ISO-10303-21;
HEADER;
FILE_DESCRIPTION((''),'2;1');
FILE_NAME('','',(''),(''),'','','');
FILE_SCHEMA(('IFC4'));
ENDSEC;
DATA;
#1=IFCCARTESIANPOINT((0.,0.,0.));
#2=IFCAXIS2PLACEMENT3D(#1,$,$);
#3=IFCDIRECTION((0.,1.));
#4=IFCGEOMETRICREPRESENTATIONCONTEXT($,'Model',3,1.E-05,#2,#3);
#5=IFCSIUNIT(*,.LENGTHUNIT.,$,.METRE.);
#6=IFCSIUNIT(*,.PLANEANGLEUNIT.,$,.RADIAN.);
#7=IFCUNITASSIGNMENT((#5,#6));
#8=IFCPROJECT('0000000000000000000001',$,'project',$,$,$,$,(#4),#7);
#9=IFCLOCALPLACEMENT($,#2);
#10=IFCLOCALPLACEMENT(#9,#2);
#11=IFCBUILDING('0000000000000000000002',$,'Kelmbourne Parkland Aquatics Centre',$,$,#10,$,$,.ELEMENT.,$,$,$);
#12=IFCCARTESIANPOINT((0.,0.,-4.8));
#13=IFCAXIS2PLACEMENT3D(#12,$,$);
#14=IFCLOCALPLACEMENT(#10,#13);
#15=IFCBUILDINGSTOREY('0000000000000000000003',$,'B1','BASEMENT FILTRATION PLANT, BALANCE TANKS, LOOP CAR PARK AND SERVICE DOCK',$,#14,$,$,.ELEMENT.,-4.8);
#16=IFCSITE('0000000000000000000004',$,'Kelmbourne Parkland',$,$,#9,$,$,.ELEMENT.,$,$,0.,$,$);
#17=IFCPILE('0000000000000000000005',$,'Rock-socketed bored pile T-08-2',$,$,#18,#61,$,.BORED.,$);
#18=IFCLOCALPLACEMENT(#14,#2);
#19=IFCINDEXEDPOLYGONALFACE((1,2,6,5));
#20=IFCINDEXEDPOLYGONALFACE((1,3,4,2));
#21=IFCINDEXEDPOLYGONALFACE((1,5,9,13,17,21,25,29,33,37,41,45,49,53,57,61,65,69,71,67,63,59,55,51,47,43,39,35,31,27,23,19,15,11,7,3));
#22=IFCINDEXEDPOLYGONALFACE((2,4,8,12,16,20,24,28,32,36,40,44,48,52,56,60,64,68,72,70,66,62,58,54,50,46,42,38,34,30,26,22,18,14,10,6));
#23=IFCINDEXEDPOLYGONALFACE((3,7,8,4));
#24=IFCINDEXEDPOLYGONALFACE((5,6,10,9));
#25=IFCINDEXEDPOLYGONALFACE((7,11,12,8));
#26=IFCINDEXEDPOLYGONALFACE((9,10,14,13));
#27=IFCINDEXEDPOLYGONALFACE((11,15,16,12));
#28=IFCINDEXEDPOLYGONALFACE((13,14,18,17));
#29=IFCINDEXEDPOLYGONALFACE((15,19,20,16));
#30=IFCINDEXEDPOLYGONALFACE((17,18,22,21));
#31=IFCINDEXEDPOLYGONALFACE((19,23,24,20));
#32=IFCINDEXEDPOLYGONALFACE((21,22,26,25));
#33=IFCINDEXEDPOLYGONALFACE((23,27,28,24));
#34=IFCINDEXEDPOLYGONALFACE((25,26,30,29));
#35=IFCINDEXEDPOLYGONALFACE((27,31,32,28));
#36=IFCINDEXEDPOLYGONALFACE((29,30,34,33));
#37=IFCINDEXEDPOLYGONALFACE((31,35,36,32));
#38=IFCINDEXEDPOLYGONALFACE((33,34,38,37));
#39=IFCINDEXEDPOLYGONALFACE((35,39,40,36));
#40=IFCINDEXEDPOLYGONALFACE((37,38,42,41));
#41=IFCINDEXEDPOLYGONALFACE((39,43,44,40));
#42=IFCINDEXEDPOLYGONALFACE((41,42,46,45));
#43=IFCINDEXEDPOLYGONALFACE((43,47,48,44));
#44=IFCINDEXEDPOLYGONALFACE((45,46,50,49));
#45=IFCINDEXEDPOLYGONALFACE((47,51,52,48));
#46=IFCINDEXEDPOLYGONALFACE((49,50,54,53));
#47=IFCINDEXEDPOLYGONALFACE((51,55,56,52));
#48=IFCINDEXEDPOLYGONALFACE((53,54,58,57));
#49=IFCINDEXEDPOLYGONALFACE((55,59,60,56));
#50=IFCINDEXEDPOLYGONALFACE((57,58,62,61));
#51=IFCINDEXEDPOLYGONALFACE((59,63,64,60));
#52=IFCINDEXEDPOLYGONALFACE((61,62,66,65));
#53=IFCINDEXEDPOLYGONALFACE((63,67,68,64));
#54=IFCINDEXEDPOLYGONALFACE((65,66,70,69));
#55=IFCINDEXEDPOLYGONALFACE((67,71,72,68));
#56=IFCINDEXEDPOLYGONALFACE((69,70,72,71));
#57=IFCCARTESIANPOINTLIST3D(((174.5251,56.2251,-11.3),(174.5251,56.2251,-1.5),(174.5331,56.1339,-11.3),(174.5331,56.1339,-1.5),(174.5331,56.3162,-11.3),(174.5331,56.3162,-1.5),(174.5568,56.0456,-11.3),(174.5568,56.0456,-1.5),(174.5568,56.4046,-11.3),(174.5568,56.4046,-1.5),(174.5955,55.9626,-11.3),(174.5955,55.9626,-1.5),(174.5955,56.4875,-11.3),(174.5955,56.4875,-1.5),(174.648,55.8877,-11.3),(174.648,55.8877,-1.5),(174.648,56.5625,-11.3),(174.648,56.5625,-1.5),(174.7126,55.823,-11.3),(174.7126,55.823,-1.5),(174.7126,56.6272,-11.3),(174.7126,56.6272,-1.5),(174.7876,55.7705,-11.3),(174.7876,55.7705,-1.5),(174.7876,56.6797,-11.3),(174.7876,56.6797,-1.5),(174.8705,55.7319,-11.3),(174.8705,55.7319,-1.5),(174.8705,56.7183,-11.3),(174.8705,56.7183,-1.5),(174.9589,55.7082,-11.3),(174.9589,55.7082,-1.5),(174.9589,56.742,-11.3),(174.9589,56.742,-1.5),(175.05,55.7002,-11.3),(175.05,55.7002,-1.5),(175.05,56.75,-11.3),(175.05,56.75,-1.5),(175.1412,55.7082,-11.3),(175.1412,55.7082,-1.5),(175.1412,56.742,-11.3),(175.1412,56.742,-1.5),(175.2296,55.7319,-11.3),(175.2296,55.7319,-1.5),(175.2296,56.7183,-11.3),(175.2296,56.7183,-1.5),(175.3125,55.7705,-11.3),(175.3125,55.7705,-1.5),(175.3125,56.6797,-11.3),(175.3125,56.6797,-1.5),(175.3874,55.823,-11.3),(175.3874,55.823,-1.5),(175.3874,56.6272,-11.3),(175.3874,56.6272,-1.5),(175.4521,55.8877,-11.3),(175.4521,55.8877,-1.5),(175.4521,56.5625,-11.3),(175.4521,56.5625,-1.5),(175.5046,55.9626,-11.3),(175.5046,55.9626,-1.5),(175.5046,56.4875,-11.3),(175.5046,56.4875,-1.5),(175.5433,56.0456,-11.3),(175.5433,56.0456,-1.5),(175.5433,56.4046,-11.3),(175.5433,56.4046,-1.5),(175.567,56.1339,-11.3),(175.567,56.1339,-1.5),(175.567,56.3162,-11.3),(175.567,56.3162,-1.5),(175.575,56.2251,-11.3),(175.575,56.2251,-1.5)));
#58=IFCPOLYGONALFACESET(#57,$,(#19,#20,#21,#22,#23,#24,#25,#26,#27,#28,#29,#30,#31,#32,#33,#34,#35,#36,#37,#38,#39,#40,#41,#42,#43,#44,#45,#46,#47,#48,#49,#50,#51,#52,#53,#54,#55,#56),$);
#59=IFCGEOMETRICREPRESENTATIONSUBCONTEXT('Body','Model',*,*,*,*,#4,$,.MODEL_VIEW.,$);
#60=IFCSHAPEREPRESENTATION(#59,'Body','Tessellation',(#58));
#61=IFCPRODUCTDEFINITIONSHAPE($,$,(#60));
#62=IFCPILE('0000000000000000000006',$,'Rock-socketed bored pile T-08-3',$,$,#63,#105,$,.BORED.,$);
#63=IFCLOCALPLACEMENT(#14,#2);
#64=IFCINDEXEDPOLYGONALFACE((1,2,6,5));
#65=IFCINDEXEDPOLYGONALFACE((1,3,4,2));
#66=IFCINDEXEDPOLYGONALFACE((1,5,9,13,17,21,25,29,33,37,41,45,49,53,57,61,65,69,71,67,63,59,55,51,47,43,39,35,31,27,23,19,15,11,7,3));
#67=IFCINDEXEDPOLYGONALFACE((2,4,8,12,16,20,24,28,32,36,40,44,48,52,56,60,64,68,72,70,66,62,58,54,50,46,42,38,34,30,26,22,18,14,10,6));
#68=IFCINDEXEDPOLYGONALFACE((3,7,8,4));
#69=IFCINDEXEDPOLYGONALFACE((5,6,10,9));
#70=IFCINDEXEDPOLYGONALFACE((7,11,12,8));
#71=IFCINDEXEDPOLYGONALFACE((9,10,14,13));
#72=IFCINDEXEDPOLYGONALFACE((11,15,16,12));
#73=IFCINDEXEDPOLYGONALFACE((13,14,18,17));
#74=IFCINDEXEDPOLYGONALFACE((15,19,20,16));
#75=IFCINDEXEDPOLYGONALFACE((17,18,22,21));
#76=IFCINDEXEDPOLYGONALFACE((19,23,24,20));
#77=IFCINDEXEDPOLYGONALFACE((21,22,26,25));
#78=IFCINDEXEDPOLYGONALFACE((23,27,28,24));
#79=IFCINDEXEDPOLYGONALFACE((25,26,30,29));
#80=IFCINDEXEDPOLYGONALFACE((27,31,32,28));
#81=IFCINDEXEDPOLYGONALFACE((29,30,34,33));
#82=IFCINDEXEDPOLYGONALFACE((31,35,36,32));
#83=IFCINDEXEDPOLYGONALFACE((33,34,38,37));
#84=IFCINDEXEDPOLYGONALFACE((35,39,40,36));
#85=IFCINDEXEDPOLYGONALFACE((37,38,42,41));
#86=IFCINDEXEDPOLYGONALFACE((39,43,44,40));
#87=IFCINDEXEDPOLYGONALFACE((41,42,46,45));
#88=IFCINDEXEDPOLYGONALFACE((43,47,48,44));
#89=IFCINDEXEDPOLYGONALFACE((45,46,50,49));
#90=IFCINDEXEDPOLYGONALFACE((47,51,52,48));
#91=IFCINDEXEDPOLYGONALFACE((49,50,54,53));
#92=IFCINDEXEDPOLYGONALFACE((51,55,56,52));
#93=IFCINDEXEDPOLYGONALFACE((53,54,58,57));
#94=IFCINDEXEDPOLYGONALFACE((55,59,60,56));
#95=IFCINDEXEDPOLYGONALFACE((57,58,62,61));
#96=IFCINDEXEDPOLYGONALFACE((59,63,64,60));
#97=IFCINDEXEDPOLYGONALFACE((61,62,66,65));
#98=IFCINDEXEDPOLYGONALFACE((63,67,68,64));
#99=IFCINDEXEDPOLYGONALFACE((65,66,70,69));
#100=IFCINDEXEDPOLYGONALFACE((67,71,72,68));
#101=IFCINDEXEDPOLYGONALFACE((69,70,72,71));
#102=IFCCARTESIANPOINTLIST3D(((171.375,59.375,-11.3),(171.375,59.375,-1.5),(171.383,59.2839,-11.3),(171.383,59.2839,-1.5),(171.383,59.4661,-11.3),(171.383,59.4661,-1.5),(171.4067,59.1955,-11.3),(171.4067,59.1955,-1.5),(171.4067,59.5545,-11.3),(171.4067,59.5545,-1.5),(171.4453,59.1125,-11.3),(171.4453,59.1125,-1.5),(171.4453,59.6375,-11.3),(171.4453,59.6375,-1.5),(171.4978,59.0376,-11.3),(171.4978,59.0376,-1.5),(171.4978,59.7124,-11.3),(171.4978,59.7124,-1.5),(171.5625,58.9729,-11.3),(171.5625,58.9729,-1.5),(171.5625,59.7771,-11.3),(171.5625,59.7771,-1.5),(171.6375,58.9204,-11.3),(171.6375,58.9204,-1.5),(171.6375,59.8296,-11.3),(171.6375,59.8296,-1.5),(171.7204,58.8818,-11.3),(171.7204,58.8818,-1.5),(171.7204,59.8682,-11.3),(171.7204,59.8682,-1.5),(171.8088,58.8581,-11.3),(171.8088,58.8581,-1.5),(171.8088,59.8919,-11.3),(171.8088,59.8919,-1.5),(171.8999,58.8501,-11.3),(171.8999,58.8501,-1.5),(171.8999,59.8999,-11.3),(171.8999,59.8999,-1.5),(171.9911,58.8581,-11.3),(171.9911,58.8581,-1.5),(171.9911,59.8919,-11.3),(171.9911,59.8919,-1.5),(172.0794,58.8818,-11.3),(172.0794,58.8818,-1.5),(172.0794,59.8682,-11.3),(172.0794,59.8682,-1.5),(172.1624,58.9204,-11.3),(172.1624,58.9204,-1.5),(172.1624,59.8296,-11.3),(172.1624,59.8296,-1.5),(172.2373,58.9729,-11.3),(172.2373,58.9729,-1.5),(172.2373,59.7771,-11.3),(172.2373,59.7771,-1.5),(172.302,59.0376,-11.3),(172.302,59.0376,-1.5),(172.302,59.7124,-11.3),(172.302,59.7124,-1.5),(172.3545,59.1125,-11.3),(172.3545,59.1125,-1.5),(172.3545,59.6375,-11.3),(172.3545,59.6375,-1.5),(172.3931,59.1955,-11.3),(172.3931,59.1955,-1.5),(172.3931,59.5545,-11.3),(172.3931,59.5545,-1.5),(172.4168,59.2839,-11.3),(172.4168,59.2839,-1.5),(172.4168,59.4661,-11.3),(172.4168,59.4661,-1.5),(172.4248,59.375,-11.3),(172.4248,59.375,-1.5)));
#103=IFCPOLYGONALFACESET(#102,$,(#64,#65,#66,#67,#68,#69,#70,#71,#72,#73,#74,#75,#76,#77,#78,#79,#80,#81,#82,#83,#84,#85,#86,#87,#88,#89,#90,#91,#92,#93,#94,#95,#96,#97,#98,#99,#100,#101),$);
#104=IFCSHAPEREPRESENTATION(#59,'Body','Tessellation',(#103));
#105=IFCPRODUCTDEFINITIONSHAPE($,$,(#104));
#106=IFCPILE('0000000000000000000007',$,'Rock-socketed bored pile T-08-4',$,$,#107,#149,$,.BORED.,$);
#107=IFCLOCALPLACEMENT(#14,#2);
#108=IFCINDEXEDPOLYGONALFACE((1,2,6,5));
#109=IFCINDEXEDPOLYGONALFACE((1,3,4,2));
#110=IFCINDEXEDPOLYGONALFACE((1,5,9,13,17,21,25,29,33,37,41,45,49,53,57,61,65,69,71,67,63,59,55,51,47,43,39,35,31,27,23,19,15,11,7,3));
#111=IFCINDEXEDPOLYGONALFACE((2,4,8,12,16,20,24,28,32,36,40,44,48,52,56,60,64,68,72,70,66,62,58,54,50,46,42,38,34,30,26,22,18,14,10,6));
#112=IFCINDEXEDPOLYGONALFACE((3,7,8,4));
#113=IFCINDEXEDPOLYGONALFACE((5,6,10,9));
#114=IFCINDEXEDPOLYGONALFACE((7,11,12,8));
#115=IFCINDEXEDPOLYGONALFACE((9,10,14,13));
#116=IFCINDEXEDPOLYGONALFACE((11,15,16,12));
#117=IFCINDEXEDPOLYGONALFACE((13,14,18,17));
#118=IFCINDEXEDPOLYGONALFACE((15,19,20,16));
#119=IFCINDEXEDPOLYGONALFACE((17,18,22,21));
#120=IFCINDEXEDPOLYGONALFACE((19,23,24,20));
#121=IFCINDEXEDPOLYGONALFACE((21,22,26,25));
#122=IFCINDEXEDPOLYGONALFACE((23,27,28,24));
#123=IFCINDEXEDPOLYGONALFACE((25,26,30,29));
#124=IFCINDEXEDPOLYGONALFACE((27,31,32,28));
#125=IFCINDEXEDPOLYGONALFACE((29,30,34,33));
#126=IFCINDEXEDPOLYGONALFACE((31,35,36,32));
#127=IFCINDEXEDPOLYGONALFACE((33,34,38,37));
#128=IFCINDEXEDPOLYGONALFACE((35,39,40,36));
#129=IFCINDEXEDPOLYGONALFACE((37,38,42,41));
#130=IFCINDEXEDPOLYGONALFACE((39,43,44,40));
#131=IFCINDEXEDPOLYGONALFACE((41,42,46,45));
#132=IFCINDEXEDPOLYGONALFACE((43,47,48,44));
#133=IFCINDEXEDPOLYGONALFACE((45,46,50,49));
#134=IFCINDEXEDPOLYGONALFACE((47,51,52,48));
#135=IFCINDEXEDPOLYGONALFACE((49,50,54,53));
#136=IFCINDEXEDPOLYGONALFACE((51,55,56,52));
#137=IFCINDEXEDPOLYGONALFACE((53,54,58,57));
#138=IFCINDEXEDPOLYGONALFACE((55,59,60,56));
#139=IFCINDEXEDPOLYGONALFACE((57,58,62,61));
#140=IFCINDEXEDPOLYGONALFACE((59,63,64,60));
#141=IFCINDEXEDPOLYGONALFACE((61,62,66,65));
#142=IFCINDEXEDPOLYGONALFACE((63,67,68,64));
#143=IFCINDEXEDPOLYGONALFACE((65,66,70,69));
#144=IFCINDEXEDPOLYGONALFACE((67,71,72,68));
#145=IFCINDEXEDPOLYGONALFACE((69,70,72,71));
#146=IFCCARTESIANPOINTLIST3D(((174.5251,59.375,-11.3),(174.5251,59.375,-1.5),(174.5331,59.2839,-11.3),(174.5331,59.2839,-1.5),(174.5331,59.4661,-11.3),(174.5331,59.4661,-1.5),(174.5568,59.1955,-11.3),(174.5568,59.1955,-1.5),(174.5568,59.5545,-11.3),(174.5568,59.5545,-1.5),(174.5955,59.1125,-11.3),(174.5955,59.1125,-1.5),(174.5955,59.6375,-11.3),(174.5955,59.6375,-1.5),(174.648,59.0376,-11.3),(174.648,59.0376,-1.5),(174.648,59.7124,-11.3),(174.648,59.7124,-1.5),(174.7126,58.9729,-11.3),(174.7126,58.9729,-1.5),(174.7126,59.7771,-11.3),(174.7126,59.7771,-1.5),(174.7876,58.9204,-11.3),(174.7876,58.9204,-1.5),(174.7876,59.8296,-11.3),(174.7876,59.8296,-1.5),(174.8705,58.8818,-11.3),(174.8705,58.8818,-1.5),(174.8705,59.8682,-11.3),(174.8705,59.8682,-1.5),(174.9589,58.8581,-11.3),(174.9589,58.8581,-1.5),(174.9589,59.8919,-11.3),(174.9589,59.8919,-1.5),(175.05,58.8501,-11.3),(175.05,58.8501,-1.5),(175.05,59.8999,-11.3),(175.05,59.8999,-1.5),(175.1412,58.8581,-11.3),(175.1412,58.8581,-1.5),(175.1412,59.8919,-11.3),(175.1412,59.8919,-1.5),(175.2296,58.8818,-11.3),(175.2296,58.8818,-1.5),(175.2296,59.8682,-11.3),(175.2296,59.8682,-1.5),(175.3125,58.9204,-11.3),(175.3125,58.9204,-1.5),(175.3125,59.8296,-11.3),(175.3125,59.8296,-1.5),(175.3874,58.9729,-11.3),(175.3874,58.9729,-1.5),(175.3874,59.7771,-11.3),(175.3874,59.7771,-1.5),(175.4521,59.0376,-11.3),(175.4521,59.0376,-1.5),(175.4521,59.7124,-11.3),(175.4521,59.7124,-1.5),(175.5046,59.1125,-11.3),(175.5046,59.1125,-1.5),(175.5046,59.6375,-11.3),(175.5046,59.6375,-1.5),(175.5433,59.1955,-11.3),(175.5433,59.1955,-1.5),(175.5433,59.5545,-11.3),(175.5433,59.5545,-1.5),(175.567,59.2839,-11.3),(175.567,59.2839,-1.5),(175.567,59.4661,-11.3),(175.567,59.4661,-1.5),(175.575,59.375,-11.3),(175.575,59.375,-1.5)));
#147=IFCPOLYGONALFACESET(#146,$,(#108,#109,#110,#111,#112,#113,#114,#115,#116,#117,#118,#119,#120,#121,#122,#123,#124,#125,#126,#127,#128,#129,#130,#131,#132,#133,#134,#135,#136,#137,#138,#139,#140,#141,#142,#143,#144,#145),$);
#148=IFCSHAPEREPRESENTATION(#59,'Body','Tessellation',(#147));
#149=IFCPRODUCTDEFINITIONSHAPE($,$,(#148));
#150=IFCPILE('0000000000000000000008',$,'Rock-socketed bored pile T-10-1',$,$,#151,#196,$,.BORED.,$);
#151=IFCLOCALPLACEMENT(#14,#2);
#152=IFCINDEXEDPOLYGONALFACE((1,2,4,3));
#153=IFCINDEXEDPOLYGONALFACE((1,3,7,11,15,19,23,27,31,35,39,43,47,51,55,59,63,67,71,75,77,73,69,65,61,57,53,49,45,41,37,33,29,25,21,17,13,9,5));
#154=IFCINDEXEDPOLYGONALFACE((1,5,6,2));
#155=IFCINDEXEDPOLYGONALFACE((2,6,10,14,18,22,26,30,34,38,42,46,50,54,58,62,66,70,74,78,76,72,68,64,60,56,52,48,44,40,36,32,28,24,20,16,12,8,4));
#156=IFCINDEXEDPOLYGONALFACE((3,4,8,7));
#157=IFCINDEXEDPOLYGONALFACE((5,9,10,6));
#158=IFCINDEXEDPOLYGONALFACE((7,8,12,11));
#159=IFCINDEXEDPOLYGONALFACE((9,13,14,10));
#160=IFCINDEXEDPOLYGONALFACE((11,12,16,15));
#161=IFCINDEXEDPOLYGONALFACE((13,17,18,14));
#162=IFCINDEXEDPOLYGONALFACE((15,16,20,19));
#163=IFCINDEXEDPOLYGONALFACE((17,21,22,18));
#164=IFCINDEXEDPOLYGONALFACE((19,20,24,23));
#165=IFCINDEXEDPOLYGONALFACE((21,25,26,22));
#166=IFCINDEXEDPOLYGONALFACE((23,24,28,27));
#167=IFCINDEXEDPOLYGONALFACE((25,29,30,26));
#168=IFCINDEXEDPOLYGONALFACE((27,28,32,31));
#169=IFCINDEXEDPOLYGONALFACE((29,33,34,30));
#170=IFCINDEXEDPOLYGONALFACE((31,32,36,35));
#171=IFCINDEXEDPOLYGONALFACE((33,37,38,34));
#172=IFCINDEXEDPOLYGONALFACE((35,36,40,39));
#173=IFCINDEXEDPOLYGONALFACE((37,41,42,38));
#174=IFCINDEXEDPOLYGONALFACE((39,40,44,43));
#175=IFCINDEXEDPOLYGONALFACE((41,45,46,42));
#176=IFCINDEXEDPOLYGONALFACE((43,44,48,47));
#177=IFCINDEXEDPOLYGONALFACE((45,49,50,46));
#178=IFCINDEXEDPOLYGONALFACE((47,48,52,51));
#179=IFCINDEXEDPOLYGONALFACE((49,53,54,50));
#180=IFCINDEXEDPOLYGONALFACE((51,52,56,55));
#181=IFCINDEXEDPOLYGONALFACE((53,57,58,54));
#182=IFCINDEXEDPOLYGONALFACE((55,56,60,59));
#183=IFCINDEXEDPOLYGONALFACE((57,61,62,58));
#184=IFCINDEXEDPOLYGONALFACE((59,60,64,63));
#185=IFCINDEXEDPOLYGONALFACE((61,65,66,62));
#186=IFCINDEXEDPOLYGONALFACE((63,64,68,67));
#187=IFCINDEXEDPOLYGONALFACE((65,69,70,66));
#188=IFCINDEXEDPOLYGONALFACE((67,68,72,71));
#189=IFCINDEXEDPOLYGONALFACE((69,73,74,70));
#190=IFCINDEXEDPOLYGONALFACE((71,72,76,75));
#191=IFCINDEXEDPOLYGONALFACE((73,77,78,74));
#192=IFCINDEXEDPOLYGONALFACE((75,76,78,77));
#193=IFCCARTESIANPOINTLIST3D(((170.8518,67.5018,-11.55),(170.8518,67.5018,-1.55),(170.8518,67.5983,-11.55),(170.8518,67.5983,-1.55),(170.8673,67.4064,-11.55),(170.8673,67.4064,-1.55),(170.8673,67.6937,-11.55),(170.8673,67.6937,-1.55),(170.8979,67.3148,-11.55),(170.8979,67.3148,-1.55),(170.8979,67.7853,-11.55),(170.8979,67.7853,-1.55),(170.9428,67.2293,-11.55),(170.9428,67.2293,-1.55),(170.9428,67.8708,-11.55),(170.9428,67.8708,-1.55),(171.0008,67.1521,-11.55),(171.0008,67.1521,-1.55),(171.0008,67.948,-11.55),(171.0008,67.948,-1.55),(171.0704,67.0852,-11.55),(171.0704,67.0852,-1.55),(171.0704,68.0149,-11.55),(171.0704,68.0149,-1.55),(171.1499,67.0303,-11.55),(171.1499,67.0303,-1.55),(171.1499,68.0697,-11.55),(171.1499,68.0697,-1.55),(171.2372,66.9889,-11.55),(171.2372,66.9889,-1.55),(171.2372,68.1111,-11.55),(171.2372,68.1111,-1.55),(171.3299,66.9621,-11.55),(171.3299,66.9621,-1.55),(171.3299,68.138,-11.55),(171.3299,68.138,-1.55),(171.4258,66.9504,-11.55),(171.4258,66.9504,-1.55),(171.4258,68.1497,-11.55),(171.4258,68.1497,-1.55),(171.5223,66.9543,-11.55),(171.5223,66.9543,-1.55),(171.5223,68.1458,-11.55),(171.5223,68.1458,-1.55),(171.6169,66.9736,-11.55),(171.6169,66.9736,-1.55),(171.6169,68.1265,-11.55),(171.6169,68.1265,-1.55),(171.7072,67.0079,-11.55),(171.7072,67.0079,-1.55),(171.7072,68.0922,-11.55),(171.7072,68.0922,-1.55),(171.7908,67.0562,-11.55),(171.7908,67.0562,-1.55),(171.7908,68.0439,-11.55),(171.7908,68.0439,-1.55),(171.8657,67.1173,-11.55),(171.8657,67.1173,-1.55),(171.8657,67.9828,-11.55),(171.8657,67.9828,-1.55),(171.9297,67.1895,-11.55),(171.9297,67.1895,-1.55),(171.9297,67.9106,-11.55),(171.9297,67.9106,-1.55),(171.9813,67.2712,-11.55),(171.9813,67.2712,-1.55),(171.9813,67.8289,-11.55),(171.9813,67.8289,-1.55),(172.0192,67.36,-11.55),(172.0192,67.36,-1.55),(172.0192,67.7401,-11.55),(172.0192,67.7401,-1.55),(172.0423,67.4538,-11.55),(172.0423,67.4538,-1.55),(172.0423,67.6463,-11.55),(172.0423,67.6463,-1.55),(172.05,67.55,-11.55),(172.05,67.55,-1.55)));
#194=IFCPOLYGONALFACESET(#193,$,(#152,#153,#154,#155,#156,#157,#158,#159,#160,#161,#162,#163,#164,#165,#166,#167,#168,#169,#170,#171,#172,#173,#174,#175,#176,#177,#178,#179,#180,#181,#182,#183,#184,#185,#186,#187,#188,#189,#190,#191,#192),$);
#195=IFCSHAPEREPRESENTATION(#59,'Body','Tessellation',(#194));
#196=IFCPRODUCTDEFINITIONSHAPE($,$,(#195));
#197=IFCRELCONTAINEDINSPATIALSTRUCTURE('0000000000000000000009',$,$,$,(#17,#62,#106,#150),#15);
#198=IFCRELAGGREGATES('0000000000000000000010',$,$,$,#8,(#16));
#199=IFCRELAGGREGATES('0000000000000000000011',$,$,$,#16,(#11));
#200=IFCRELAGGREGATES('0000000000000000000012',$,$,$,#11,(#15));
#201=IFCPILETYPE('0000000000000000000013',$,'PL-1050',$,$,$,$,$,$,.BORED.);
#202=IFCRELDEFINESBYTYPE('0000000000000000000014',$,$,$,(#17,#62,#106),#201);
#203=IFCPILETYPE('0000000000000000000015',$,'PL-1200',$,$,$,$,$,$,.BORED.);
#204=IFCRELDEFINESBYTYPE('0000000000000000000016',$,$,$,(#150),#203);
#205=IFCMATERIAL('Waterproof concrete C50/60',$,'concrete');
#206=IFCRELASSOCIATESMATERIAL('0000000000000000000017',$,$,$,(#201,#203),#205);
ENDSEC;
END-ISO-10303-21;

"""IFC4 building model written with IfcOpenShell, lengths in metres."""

from ifc_helpers import new_model, si_unit, direction, frame, origin, origin_2d, place, context, subcontext, project, spatial, circle, extrude, material, material_profile, profile_set, type_object, element, save


model = new_model("IFC4")

# Units and contexts
model_context = context("Model", 3, precision=1e-05, world=origin(), true_north=direction((0.0, 1.0)))
body_context = subcontext(model_context, "Body", "Model", "MODEL_VIEW")
ifc_project = project(units=[si_unit("LENGTHUNIT", "METRE"), si_unit("PLANEANGLEUNIT", "RADIAN")], contexts=[model_context])

# Site, building, storey
site_placement = place(None, origin())
site = spatial("IfcSite", under=ifc_project, at=site_placement, Name="Kelmbourne Parkland", CompositionType="ELEMENT", RefElevation=0.0)
building_placement = place(site_placement, origin())
building = spatial("IfcBuilding", under=site, at=building_placement, Name="Kelmbourne Parkland Aquatics Centre", CompositionType="ELEMENT")
storey_placement = place(building_placement, frame((0.0, 0.0, -4.8)))
storey = spatial("IfcBuildingStorey", under=building, at=storey_placement, Name="B1", Description="BASEMENT FILTRATION PLANT, BALANCE TANKS, LOOP CAR PARK AND SERVICE DOCK", CompositionType="ELEMENT", Elevation=-4.8)

# Shared definitions
ifc_material_1 = material(Name="Waterproof concrete C50/60", Category="concrete")

# Piles
ifc_material_profile_1 = material_profile(ifc_material_1, circle(Radius=0.5249, at=origin_2d()), Name="PILE D1050")
ifc_profile_set_1 = profile_set([ifc_material_profile_1], Name="Waterproof concrete C50/60")
pile_type_1 = type_object("IfcPileType", Name="PL-1050", PredefinedType="BORED", material=ifc_profile_set_1)
for number, where, z_axis, x_axis, name in (
    (1, (175.05, 56.2251, -1.5), (0.0, 0.0, -1.0), (1.0, 0.0, 0.0), "Rock-socketed bored pile T-08-2"),
    (2, (171.8999, 59.375, -1.5), (0.0, 0.0, -1.0), (1.0, 0.0, 0.0), "Rock-socketed bored pile T-08-3"),
    (3, (175.05, 59.375, -1.5), (0.0, 0.0, -1.0), (1.0, 0.0, 0.0), "Rock-socketed bored pile T-08-4"),
):
    element("IfcPile", number, at=place(storey_placement, frame(where, z_axis=z_axis, x_axis=x_axis)), inside=storey, type_object=pile_type_1, Name=name, PredefinedType="BORED", context=body_context, shape_type="SweptSolid", body=[
        extrude(circle(Radius=0.5249, at=origin_2d()), origin(), (0.0, 0.0, 1.0), 9.8),
    ])
ifc_material_profile_2 = material_profile(ifc_material_1, circle(Radius=0.6001, at=origin_2d()), Name="PILE D1200")
ifc_profile_set_2 = profile_set([ifc_material_profile_2], Name="Waterproof concrete C50/60")
pile_type_2 = type_object("IfcPileType", Name="PL-1200", PredefinedType="BORED", material=ifc_profile_set_2)
for number, where, z_axis, x_axis, name in (
    (4, (171.45, 67.55, -1.55), (0.0, 0.0, -1.0), (1.0, 0.0, 0.0), "Rock-socketed bored pile T-10-1"),
):
    element("IfcPile", number, at=place(storey_placement, frame(where, z_axis=z_axis, x_axis=x_axis)), inside=storey, type_object=pile_type_2, Name=name, PredefinedType="BORED", context=body_context, shape_type="SweptSolid", body=[
        extrude(circle(Radius=0.6001, at=origin_2d()), origin(), (0.0, 0.0, 1.0), 10.0),
    ])

save(model, "model.ifc")
